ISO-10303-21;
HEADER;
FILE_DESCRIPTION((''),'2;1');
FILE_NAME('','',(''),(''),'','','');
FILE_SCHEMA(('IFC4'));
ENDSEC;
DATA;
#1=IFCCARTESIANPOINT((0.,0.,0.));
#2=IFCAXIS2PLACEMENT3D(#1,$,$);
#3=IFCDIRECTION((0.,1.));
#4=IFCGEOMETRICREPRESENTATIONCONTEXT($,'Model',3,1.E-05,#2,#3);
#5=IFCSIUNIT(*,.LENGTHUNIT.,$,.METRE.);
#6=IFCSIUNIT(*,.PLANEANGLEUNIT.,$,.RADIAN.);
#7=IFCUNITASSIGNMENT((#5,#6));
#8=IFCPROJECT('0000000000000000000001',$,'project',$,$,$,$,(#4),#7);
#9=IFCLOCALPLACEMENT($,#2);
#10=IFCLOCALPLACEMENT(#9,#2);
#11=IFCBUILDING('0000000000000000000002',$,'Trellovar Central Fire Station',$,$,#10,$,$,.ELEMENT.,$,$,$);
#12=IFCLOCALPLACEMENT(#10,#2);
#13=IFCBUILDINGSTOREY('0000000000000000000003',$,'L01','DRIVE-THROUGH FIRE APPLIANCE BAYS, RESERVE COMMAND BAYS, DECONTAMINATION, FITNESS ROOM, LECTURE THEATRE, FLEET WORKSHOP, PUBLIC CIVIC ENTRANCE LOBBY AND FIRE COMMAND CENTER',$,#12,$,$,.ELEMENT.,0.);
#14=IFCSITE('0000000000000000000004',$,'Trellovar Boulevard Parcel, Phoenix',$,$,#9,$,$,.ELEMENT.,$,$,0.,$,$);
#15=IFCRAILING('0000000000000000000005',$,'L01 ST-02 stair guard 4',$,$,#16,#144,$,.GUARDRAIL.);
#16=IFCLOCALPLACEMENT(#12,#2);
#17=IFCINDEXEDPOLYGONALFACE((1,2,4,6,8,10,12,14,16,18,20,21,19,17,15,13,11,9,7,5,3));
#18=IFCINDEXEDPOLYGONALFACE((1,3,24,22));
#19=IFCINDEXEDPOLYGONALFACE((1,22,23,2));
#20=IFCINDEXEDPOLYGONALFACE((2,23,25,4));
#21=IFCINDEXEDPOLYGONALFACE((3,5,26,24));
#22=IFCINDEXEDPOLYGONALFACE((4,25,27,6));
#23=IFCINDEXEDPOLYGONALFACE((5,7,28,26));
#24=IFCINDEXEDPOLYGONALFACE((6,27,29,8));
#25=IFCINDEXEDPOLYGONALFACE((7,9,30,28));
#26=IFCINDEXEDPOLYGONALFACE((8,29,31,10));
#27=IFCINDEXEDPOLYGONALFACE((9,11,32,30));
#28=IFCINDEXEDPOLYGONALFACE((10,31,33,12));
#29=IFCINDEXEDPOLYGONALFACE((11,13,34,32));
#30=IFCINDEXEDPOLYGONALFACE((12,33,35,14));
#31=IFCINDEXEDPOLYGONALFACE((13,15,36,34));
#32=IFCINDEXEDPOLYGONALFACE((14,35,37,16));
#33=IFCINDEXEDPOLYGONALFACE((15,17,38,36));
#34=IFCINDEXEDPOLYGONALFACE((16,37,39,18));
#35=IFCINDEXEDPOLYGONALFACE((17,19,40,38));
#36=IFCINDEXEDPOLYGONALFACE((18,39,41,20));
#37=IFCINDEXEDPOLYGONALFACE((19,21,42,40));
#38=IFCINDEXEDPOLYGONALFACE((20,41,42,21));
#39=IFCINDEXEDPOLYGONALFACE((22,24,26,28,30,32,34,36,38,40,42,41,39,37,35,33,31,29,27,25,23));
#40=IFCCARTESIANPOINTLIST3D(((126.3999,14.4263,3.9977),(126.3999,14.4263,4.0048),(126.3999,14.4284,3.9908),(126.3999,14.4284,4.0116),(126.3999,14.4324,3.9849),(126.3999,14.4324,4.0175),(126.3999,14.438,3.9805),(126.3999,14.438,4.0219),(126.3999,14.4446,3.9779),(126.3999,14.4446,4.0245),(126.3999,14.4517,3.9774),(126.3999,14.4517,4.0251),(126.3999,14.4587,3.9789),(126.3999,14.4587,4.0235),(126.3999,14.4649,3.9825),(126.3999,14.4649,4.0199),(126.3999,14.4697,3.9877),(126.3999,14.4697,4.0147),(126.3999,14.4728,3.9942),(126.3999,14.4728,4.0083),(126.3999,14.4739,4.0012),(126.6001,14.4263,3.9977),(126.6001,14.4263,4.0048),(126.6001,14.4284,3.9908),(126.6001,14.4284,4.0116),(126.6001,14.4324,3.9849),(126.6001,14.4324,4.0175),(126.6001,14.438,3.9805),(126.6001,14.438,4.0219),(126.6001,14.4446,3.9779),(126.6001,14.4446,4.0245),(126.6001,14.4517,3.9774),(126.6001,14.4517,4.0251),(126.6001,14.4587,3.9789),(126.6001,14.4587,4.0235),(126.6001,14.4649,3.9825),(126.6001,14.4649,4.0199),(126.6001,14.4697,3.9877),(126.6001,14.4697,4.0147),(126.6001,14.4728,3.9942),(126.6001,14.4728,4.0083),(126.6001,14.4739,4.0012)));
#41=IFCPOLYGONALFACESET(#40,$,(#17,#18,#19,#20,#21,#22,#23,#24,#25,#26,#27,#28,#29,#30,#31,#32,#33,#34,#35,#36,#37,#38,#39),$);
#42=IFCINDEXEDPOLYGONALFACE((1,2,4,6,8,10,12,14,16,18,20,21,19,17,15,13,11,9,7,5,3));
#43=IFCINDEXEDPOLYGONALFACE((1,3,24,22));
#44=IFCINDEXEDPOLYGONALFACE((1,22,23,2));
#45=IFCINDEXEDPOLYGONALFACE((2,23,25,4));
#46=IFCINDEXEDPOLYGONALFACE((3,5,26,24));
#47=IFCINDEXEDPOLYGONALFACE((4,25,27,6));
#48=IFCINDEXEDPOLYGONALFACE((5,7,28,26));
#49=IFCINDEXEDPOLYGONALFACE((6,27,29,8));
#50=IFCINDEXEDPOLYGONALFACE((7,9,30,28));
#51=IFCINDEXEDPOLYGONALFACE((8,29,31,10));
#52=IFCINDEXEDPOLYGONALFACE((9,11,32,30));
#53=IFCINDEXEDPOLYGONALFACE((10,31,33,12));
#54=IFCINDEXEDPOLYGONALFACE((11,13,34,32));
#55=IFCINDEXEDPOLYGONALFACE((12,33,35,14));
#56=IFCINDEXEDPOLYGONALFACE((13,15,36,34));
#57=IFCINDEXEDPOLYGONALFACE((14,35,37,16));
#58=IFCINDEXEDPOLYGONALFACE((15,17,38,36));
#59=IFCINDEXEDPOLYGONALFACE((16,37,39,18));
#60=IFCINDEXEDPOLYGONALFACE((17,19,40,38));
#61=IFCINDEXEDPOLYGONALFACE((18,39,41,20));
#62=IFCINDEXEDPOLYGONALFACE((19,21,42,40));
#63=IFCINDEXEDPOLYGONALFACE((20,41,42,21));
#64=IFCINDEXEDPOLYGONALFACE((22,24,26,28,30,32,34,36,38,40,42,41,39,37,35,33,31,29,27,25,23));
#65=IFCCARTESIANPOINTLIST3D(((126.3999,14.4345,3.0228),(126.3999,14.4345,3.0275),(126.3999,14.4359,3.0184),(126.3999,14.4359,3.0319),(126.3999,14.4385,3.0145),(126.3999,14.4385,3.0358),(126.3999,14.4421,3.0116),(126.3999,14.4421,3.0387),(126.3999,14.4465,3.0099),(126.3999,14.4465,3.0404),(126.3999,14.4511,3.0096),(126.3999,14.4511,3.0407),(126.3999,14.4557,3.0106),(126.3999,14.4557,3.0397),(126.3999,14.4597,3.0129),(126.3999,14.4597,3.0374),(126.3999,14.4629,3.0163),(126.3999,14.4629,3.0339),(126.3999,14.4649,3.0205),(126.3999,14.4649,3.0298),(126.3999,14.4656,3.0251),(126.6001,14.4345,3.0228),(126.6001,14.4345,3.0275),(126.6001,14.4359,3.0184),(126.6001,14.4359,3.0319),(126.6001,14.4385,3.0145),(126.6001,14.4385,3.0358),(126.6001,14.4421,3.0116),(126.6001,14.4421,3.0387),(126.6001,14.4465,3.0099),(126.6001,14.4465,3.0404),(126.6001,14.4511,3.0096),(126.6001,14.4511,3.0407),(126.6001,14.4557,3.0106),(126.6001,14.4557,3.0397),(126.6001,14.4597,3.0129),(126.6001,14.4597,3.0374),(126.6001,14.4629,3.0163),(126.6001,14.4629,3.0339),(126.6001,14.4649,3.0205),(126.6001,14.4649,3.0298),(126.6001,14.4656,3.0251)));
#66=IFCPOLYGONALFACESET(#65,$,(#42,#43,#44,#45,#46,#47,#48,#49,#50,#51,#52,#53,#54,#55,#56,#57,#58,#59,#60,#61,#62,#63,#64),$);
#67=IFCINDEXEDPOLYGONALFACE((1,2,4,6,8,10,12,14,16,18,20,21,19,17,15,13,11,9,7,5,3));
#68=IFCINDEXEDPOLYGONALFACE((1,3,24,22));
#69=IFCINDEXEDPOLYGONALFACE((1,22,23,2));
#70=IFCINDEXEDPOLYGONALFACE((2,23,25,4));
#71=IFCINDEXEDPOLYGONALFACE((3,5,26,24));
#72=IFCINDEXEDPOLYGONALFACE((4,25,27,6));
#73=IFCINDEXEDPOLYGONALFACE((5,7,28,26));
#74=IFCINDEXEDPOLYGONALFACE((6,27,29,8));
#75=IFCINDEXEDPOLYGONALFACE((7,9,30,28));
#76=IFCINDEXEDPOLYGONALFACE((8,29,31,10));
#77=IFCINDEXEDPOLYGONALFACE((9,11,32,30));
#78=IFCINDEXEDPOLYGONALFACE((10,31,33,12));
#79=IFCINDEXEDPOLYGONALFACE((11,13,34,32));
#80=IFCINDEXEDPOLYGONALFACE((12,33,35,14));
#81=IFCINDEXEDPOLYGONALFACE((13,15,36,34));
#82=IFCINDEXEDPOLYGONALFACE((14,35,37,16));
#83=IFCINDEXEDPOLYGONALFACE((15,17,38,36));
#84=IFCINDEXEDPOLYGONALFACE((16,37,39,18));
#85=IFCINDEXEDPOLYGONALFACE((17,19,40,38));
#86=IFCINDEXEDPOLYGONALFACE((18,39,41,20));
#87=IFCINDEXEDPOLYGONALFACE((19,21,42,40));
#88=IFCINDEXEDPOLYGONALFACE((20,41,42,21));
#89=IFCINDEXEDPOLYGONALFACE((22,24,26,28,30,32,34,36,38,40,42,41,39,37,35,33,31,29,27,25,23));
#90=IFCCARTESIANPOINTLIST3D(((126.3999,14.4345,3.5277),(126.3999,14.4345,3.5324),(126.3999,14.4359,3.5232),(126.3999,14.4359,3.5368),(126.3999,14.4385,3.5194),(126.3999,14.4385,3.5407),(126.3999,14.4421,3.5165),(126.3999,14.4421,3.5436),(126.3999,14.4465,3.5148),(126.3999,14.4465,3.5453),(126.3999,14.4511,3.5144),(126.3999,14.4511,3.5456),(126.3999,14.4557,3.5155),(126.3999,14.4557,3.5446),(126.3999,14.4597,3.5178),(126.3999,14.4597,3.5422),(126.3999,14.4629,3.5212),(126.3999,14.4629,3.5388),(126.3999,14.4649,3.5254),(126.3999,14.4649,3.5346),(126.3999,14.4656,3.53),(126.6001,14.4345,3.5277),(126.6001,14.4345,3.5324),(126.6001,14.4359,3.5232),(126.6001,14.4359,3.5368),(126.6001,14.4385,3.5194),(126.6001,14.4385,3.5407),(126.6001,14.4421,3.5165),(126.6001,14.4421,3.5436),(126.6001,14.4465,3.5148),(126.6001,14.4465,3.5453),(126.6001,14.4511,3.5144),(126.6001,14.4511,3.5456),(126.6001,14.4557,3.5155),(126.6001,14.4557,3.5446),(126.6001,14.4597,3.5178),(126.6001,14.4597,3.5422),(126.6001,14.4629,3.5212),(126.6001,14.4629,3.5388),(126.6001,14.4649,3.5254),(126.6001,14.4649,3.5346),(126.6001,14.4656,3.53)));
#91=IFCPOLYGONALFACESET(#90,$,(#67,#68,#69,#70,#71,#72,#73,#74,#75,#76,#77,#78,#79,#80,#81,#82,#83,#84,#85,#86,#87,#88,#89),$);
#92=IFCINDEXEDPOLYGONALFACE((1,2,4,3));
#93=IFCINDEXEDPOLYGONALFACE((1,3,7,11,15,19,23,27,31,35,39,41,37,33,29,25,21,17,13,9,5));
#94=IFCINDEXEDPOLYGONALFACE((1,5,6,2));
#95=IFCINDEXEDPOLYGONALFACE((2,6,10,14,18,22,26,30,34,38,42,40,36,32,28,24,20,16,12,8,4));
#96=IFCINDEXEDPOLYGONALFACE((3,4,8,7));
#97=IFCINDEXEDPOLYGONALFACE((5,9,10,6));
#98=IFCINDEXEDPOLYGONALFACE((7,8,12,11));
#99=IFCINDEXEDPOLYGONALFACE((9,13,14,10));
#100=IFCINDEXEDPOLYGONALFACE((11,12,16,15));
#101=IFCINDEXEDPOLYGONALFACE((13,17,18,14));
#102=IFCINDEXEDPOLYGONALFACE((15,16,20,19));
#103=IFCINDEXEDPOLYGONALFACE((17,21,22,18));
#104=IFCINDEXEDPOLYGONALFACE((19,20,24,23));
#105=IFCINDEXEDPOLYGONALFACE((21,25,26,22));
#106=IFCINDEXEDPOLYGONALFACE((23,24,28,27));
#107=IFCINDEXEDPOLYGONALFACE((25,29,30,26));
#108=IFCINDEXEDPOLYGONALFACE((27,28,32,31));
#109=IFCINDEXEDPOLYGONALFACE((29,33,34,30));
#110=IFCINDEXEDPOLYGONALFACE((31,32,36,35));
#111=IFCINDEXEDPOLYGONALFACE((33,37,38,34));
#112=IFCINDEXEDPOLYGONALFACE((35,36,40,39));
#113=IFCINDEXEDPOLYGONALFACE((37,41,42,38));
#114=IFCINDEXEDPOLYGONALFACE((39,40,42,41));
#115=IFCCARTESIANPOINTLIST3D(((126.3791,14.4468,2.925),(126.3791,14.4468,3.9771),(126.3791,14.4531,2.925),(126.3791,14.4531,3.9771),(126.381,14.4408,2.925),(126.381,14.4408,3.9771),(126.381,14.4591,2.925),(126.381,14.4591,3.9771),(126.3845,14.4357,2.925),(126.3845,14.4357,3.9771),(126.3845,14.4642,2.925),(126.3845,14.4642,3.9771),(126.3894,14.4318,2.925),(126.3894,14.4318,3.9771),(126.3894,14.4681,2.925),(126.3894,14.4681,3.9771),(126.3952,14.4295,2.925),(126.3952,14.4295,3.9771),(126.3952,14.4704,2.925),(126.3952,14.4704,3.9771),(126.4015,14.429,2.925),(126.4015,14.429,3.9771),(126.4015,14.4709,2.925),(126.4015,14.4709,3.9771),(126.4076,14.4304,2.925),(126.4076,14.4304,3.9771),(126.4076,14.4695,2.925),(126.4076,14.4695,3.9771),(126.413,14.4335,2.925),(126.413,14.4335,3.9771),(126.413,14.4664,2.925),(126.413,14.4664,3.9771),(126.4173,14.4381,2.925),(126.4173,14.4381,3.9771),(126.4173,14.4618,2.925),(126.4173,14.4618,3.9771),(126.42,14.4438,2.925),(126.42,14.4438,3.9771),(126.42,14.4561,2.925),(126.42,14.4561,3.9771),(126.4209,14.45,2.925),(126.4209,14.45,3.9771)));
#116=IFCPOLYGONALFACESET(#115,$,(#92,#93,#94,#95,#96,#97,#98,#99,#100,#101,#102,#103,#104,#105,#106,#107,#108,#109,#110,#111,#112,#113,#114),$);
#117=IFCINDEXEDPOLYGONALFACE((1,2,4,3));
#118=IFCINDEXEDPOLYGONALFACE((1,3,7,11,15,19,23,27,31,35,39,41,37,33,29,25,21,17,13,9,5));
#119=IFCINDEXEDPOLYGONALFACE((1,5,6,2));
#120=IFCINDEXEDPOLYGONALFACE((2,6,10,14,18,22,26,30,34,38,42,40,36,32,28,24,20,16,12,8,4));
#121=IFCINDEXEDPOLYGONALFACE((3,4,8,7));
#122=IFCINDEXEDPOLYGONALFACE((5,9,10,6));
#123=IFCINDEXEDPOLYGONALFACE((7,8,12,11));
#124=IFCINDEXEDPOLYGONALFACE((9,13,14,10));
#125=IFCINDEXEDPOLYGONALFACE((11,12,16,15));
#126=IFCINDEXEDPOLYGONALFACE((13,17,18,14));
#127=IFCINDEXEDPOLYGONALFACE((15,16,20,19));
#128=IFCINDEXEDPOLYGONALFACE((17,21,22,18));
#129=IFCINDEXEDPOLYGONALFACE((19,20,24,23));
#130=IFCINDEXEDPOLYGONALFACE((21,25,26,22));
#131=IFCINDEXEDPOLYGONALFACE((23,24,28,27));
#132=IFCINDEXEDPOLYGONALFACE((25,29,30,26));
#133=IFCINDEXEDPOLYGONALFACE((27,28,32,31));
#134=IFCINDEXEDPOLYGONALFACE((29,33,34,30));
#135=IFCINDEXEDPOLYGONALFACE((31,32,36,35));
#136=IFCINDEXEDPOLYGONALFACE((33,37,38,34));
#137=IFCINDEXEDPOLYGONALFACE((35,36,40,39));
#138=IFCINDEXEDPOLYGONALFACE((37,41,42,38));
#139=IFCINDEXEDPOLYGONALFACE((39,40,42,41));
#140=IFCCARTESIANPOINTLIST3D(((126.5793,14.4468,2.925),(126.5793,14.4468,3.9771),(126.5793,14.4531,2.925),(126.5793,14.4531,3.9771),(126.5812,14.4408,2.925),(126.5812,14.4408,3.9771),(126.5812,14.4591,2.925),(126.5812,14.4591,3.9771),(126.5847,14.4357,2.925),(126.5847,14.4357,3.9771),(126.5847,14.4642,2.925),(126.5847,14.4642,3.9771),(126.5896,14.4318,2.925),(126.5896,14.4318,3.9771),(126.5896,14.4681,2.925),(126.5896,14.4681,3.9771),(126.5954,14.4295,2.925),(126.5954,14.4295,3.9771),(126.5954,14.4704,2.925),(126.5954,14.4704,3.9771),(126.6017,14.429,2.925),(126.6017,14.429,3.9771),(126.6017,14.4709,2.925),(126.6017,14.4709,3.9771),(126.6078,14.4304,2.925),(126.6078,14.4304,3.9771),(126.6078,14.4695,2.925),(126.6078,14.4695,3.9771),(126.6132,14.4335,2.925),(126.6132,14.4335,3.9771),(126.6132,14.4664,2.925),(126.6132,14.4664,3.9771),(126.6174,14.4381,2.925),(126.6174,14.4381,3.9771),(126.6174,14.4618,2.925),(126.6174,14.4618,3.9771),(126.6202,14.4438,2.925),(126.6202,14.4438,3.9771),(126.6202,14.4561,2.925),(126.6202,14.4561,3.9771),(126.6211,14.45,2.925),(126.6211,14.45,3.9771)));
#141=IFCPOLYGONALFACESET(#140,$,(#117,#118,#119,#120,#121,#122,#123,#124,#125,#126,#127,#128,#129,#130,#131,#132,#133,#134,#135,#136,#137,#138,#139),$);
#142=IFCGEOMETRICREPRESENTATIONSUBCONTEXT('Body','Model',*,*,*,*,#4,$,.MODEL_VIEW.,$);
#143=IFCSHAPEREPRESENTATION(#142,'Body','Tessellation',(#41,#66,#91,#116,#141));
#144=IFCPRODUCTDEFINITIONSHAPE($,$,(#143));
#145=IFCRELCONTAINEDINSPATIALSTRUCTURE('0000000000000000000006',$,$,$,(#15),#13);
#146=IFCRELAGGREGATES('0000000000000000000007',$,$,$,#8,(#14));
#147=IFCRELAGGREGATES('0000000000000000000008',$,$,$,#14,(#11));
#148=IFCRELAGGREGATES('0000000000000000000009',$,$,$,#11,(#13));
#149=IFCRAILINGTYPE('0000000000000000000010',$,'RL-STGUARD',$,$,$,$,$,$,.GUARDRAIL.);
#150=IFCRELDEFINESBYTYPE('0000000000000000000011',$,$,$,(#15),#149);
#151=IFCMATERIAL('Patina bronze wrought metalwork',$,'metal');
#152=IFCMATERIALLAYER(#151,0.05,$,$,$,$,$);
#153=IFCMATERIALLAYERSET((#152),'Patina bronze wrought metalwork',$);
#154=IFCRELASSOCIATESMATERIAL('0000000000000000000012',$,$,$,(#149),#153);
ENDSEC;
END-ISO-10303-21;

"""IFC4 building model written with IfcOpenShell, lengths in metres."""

from ifc_helpers import new_model, si_unit, direction, frame, origin, origin_2d, place, context, subcontext, project, spatial, circle, extrude, material, layer, layer_set, type_object, element, save


model = new_model("IFC4")

# Units and contexts
model_context = context("Model", 3, precision=1e-05, world=origin(), true_north=direction((0.0, 1.0)))
body_context = subcontext(model_context, "Body", "Model", "MODEL_VIEW")
ifc_project = project(units=[si_unit("LENGTHUNIT", "METRE"), si_unit("PLANEANGLEUNIT", "RADIAN")], contexts=[model_context])

# Site, building, storey
site_placement = place(None, origin())
site = spatial("IfcSite", under=ifc_project, at=site_placement, Name="Trellovar Boulevard Parcel, Phoenix", CompositionType="ELEMENT", RefElevation=0.0)
building_placement = place(site_placement, origin())
building = spatial("IfcBuilding", under=site, at=building_placement, Name="Trellovar Central Fire Station", CompositionType="ELEMENT")
storey_placement = place(building_placement, origin())
storey = spatial("IfcBuildingStorey", under=building, at=storey_placement, Name="L01", Description="DRIVE-THROUGH FIRE APPLIANCE BAYS, RESERVE COMMAND BAYS, DECONTAMINATION, FITNESS ROOM, LECTURE THEATRE, FLEET WORKSHOP, PUBLIC CIVIC ENTRANCE LOBBY AND FIRE COMMAND CENTER", CompositionType="ELEMENT", Elevation=0.0)

# Railing
ifc_material_1 = material(Name="Patina bronze wrought metalwork", Category="metal")
ifc_layer_1 = layer(ifc_material_1, 0.05)
ifc_layer_set_1 = layer_set([ifc_layer_1], Name="Patina bronze wrought metalwork")
railing_type_1 = type_object("IfcRailingType", Name="RL-STGUARD", PredefinedType="GUARDRAIL", material=ifc_layer_set_1)
railing_1_placement = place(storey_placement, frame((126.3999, 14.45, 2.925)))
element("IfcRailing", 1, at=railing_1_placement, inside=storey, type_object=railing_type_1, Name="L01 ST-02 stair guard 4", PredefinedType="GUARDRAIL", context=body_context, shape_type="SweptSolid", body=[
    extrude(circle(Radius=0.0239, at=origin_2d()), frame((0.0, 0.0, 1.0762), z_axis=(1.0, 0.0, 0.0), x_axis=(0.0, 1.0, 0.0)), (0.0, 0.0, 1.0), 0.2002),
    extrude(circle(Radius=0.0156, at=origin_2d()), frame((0.0, 0.0, 0.1001), z_axis=(1.0, 0.0, 0.0), x_axis=(0.0, 1.0, 0.0)), (0.0, 0.0, 1.0), 0.2002),
    extrude(circle(Radius=0.0156, at=origin_2d()), frame((0.0, 0.0, 0.605), z_axis=(1.0, 0.0, 0.0), x_axis=(0.0, 1.0, 0.0)), (0.0, 0.0, 1.0), 0.2002),
    extrude(circle(Radius=0.021, at=origin_2d()), origin(), (0.0, 0.0, 1.0), 1.052),
    extrude(circle(Radius=0.021, at=origin_2d()), frame((0.2002, 0.0, 0.0)), (0.0, 0.0, 1.0), 1.052),
])

save(model, "model.ifc")
